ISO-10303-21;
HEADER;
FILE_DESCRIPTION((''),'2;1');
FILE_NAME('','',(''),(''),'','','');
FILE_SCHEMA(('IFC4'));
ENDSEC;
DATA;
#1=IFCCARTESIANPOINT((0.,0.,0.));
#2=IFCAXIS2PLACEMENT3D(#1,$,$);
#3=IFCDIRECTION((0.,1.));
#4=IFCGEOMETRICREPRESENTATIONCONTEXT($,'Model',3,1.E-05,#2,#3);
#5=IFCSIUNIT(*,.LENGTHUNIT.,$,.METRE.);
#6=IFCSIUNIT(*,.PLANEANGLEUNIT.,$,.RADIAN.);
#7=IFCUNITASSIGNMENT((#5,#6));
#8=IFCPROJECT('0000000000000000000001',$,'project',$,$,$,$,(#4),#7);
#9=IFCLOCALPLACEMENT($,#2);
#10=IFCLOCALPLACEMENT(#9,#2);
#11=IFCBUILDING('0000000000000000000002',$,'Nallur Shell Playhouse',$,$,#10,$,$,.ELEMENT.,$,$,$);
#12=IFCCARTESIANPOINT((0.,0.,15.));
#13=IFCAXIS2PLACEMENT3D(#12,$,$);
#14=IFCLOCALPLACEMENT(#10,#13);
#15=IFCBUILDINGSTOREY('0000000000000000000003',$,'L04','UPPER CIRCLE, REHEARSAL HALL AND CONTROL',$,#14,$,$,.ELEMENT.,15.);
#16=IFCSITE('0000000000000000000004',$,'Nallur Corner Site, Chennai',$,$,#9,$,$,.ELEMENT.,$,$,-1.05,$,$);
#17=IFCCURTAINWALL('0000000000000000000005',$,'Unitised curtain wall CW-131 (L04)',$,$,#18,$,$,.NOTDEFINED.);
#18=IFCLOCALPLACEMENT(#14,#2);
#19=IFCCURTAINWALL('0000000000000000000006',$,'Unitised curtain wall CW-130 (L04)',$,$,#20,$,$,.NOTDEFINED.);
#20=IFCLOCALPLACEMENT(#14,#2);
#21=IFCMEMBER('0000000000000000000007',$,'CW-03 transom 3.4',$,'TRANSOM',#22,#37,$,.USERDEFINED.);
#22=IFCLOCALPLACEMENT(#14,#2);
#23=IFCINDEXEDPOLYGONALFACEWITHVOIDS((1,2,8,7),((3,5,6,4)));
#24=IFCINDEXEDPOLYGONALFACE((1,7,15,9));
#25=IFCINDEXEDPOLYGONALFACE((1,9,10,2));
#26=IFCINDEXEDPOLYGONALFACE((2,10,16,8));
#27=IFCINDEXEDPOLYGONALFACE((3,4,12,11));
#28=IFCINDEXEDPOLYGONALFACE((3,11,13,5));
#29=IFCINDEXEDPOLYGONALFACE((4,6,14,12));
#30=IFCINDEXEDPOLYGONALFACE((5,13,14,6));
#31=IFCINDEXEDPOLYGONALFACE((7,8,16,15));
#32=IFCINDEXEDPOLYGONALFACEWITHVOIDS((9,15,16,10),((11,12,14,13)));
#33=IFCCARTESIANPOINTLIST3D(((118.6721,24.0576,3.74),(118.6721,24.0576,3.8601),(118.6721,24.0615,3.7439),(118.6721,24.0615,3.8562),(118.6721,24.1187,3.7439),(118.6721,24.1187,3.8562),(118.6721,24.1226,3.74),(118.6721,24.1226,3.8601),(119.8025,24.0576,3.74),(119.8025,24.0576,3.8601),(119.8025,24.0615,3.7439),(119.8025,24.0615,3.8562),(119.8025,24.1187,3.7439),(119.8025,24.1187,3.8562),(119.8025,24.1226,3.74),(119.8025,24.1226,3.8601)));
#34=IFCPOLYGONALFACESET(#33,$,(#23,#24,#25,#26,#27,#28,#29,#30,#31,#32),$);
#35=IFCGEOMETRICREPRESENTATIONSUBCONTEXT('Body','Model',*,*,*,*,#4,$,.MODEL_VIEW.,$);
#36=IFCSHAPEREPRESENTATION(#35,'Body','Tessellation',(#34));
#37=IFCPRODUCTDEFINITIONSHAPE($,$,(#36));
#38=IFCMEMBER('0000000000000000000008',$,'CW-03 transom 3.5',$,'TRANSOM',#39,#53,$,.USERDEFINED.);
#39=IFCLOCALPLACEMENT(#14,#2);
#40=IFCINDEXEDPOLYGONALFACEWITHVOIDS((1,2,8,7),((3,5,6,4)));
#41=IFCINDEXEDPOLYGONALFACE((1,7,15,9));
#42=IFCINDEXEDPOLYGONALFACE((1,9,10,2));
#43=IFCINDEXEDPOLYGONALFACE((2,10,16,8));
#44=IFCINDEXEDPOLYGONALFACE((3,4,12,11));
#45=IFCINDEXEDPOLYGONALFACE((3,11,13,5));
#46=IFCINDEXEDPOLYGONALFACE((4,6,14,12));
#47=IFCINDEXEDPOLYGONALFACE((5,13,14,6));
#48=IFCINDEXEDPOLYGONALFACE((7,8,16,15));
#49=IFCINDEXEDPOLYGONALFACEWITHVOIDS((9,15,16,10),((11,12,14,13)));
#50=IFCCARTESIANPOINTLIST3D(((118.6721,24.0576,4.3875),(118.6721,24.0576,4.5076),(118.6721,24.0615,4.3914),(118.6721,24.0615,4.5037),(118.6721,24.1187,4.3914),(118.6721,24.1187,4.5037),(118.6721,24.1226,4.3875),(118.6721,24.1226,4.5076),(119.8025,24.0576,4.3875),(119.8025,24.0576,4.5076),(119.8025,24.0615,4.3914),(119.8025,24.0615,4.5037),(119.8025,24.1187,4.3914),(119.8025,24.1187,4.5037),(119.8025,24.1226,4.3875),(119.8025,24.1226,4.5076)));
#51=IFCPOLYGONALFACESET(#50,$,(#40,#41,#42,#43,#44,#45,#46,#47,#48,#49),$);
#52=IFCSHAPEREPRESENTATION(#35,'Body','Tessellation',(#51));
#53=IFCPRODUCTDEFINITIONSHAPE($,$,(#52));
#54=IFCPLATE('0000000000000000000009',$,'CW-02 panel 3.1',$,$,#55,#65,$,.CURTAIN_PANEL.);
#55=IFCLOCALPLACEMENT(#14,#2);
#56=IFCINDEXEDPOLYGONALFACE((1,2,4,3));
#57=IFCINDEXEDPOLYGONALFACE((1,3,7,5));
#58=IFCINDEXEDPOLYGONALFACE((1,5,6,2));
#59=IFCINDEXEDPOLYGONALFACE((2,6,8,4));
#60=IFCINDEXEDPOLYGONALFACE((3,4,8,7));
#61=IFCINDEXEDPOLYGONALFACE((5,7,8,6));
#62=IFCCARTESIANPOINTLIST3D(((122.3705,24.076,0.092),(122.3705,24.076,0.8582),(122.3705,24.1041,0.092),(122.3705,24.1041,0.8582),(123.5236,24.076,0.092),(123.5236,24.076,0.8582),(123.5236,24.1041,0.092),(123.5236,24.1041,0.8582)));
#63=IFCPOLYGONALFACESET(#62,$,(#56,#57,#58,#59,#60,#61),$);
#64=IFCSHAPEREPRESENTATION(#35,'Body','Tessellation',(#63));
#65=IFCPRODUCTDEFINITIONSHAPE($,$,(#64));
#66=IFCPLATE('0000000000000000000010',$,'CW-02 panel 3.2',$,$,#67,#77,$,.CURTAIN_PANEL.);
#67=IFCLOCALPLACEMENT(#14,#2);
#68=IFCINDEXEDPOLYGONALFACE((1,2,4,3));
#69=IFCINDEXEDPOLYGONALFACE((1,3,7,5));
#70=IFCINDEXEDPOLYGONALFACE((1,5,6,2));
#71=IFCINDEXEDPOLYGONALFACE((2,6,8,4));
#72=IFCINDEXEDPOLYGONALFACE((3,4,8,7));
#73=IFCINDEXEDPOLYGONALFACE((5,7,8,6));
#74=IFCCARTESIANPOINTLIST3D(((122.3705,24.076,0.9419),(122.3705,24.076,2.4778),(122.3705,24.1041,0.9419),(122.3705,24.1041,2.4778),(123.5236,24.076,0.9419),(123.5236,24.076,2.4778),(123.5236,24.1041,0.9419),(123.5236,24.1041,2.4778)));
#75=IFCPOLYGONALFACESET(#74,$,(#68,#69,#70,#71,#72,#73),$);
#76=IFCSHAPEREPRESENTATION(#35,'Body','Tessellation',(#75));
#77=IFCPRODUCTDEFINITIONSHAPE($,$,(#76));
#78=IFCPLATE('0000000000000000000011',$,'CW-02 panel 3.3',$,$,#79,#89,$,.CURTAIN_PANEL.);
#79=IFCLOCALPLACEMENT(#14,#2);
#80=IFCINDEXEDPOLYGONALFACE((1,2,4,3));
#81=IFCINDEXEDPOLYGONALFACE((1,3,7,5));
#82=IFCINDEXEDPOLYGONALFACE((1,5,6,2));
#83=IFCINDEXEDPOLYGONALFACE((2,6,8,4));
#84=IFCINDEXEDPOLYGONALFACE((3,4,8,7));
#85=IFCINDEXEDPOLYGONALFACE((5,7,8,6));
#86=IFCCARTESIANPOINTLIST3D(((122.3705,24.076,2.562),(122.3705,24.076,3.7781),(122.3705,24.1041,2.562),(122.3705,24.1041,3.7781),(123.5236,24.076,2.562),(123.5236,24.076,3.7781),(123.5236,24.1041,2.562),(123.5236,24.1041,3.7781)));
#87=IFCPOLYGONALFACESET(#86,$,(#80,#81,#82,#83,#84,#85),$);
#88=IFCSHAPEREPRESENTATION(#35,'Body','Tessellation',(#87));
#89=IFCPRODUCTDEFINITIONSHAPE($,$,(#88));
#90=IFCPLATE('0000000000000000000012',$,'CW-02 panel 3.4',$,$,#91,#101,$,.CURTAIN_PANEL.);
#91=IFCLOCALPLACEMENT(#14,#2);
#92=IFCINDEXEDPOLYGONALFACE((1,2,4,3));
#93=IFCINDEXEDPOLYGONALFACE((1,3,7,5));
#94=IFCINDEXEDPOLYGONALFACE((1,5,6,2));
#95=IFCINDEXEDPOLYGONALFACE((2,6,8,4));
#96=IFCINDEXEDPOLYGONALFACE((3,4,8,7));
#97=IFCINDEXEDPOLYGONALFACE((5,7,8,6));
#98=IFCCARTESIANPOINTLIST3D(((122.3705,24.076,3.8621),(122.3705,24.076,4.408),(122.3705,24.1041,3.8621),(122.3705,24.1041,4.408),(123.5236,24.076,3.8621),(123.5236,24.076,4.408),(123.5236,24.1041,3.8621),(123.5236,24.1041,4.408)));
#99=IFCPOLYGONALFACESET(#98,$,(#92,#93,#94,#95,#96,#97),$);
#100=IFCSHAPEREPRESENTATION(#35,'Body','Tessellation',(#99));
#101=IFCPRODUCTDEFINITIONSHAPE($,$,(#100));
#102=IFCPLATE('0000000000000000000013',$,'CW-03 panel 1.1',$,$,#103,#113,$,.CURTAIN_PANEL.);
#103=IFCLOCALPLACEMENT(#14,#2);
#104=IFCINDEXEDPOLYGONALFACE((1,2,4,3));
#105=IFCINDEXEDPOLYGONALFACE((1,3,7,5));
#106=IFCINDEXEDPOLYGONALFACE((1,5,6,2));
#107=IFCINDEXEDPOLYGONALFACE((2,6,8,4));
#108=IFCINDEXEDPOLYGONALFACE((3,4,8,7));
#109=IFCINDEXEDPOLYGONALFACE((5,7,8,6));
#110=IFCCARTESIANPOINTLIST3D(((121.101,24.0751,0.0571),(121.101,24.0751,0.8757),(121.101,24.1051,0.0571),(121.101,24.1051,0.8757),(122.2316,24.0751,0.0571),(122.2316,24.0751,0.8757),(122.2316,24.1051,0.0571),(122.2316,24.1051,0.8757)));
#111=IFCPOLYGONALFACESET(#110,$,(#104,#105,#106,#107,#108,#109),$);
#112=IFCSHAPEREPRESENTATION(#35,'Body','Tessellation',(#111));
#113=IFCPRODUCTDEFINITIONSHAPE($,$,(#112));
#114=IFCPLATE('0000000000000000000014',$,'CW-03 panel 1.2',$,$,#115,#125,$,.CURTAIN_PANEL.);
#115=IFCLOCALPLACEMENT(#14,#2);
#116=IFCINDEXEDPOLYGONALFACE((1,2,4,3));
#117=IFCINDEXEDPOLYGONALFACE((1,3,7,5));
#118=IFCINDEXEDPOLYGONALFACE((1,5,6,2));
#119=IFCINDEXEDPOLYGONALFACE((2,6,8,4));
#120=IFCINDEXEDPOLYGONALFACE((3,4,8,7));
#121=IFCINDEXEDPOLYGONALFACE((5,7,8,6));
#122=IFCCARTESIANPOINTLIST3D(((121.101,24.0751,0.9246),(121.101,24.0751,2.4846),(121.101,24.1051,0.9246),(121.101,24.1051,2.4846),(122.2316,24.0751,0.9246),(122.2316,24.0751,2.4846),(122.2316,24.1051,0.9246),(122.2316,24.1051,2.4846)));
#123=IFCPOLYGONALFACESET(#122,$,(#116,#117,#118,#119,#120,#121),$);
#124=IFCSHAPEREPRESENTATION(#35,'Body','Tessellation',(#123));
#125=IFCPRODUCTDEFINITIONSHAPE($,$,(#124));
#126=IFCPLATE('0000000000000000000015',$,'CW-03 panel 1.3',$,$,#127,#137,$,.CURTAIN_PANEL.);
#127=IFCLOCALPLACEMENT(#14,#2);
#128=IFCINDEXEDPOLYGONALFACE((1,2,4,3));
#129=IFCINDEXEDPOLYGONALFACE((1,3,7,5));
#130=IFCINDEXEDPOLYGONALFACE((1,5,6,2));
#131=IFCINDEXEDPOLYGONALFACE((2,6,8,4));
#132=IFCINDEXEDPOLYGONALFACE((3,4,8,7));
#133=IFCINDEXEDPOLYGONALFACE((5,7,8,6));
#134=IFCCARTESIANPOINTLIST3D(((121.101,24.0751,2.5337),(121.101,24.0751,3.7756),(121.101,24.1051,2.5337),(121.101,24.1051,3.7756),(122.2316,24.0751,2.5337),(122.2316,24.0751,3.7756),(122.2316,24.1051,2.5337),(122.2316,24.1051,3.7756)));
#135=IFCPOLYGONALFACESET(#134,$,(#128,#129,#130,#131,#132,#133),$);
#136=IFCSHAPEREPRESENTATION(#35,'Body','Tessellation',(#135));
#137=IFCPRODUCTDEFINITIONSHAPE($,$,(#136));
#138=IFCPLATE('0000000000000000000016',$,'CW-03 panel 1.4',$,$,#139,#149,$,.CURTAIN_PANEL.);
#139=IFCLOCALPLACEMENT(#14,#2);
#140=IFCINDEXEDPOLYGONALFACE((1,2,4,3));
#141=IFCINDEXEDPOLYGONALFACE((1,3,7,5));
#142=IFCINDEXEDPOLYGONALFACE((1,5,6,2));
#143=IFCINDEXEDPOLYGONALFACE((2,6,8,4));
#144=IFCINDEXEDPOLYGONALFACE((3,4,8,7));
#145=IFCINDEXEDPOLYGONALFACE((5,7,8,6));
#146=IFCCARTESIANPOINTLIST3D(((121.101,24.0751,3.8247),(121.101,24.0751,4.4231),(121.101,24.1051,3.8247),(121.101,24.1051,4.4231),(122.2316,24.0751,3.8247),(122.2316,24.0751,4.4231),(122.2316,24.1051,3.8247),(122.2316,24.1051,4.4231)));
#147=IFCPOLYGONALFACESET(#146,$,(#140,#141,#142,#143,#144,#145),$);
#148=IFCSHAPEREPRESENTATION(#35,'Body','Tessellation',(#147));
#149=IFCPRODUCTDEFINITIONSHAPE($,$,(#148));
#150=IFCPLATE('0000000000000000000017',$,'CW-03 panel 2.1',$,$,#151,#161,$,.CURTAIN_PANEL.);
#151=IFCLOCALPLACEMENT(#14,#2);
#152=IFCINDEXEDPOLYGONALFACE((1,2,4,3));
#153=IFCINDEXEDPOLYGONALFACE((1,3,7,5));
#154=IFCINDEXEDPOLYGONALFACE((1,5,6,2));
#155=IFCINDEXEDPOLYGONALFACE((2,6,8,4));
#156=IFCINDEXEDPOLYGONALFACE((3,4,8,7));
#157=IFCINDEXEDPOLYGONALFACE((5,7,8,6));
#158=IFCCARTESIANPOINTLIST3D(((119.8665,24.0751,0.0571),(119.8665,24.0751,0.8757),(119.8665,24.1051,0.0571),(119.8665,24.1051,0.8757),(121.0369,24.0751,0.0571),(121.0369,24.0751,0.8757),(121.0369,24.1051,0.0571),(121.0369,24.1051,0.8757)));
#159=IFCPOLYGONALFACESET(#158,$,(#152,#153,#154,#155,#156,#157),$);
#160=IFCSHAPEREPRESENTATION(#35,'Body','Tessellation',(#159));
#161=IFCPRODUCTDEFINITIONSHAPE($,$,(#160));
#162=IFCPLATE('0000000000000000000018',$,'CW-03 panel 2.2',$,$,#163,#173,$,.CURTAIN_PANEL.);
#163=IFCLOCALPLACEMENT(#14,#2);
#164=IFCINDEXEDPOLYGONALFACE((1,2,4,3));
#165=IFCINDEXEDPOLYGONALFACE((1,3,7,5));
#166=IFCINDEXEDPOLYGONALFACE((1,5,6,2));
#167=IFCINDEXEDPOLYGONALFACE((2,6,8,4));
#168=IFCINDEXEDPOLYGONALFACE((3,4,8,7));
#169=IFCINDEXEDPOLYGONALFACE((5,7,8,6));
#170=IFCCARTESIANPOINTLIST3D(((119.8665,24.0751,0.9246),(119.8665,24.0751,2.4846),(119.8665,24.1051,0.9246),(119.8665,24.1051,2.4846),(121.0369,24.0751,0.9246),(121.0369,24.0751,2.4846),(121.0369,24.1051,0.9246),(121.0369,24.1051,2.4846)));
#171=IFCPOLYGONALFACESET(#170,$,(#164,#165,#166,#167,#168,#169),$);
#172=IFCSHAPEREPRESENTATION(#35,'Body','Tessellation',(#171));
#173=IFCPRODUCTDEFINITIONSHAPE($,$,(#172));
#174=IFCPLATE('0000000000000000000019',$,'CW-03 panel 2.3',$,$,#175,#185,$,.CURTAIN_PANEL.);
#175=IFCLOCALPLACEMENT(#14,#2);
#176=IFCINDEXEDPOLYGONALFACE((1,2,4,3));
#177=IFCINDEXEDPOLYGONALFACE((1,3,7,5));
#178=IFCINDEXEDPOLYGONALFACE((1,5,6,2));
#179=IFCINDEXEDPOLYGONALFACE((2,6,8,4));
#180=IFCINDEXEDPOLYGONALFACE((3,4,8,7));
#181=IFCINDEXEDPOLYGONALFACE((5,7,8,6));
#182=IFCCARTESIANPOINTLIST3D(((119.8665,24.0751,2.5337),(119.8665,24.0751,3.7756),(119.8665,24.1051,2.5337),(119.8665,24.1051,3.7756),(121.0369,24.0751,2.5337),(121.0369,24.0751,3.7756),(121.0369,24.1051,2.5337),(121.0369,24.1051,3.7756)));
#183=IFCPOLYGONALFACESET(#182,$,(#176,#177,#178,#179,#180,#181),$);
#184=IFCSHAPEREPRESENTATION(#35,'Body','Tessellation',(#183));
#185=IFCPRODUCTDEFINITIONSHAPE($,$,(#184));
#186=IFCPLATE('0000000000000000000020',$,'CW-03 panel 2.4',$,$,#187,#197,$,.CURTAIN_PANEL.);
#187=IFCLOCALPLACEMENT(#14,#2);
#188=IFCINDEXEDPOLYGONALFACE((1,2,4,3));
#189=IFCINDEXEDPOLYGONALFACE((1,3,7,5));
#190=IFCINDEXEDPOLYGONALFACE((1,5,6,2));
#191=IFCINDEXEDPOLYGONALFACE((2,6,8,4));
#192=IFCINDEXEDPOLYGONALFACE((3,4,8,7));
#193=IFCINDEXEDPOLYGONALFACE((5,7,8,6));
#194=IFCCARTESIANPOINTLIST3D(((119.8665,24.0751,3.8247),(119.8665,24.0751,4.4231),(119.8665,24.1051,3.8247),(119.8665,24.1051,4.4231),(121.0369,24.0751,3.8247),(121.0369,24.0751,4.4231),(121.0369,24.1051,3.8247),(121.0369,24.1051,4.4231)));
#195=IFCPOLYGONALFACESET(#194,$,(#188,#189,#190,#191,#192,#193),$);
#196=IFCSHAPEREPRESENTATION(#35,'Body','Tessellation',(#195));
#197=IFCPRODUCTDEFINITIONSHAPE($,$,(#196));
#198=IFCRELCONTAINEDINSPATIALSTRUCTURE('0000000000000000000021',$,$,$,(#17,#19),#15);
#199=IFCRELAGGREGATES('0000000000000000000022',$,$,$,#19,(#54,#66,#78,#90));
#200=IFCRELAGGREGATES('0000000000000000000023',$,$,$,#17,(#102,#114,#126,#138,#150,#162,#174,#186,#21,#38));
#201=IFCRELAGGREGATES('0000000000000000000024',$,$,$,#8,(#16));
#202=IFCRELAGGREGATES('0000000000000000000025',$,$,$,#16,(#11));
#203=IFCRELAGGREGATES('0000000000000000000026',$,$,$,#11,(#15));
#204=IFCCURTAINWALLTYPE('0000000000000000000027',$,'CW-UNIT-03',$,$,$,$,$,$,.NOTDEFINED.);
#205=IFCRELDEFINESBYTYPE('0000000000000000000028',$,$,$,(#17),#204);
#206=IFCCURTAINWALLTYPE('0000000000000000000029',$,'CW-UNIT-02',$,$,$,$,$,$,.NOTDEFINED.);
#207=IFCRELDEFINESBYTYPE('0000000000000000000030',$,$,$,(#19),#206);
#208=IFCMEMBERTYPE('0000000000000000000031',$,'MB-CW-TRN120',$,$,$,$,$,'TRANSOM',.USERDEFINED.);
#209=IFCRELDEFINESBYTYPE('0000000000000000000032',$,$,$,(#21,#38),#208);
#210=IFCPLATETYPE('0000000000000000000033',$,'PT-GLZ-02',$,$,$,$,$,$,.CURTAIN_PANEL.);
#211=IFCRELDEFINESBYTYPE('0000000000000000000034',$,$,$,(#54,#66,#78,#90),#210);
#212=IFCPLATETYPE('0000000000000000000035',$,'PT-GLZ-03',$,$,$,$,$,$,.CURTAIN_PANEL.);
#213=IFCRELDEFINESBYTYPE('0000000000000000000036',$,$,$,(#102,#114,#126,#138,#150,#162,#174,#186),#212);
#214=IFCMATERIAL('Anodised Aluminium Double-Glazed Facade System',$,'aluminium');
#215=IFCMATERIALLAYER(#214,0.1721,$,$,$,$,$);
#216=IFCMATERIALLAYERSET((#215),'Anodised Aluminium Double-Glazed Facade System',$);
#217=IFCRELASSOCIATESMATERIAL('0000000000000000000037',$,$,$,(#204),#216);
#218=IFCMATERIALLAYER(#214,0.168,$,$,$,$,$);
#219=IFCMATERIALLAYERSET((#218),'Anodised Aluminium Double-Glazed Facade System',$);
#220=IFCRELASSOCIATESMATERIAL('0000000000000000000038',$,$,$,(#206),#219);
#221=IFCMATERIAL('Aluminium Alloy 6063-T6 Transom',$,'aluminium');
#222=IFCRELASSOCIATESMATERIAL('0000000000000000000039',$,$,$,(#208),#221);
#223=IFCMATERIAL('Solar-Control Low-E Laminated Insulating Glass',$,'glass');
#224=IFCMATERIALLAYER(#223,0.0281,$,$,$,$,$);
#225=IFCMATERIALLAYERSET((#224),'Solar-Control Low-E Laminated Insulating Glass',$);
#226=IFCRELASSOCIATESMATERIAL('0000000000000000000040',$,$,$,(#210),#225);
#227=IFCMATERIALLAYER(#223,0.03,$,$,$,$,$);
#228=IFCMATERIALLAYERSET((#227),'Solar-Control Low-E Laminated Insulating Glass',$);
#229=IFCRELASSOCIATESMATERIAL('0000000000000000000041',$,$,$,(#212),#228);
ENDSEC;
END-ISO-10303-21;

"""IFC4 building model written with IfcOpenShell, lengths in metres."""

from ifc_helpers import new_model, si_unit, direction, frame, origin, origin_2d, place, context, subcontext, project, spatial, rectangle, hollow_rectangle, extrude, material, layer, layer_set, material_profile, profile_set, type_object, element, aggregate, save


model = new_model("IFC4")

# Units and contexts
model_context = context("Model", 3, precision=1e-05, world=origin(), true_north=direction((0.0, 1.0)))
body_context = subcontext(model_context, "Body", "Model", "MODEL_VIEW")
ifc_project = project(units=[si_unit("LENGTHUNIT", "METRE"), si_unit("PLANEANGLEUNIT", "RADIAN")], contexts=[model_context])

# Site, building, storey
site_placement = place(None, origin())
site = spatial("IfcSite", under=ifc_project, at=site_placement, Name="Nallur Corner Site, Chennai", CompositionType="ELEMENT", RefElevation=-1.05)
building_placement = place(site_placement, origin())
building = spatial("IfcBuilding", under=site, at=building_placement, Name="Nallur Shell Playhouse", CompositionType="ELEMENT")
storey_placement = place(building_placement, frame((0.0, 0.0, 15.0)))
storey = spatial("IfcBuildingStorey", under=building, at=storey_placement, Name="L04", Description="UPPER CIRCLE, REHEARSAL HALL AND CONTROL", CompositionType="ELEMENT", Elevation=15.0)

# Curtain wall
ifc_material_1 = material(Name="Anodised Aluminium Double-Glazed Facade System", Category="aluminium")
ifc_layer_1 = layer(ifc_material_1, 0.1721)
ifc_layer_set_1 = layer_set([ifc_layer_1], Name="Anodised Aluminium Double-Glazed Facade System")
curtain_wall_type_1 = type_object("IfcCurtainWallType", Name="CW-UNIT-03", PredefinedType="NOTDEFINED", material=ifc_layer_set_1)
curtain_wall_1_placement = place(storey_placement, origin())
curtain_wall_1 = element("IfcCurtainWall", 1, at=curtain_wall_1_placement, inside=storey, type_object=curtain_wall_type_1, Name="Unitised curtain wall CW-131 (L04)", PredefinedType="NOTDEFINED")

# Curtain wall
ifc_layer_2 = layer(ifc_material_1, 0.168)
ifc_layer_set_2 = layer_set([ifc_layer_2], Name="Anodised Aluminium Double-Glazed Facade System")
curtain_wall_type_2 = type_object("IfcCurtainWallType", Name="CW-UNIT-02", PredefinedType="NOTDEFINED", material=ifc_layer_set_2)
curtain_wall_2_placement = place(storey_placement, origin())
curtain_wall_2 = element("IfcCurtainWall", 2, at=curtain_wall_2_placement, inside=storey, type_object=curtain_wall_type_2, Name="Unitised curtain wall CW-130 (L04)", PredefinedType="NOTDEFINED")

# Members
ifc_material_2 = material(Name="Aluminium Alloy 6063-T6 Transom", Category="aluminium")
ifc_material_profile_1 = material_profile(ifc_material_2, hollow_rectangle(XDim=0.0649, YDim=0.1201, WallThickness=0.0039, at=origin_2d()), Name="ALU 65x120x4")
ifc_profile_set_1 = profile_set([ifc_material_profile_1], Name="Aluminium Alloy 6063-T6 Transom")
member_type_1 = type_object("IfcMemberType", Name="MB-CW-TRN120", ElementType="TRANSOM", PredefinedType="USERDEFINED", material=ifc_profile_set_1)
member_1_placement = place(storey_placement, frame((119.8025, 24.0901, 3.8), z_axis=(-1.0, 0.0, 0.0), x_axis=(0.0, -1.0, 0.0)))
member_1 = element("IfcMember", 3, at=member_1_placement, type_object=member_type_1, Name="CW-03 transom 3.4", ObjectType="TRANSOM", PredefinedType="USERDEFINED", context=body_context, shape_type="SweptSolid", body=[
    extrude(hollow_rectangle(XDim=0.0649, YDim=0.1201, WallThickness=0.0039, at=origin_2d()), origin(), (0.0, 0.0, 1.0), 1.1304),
])
member_2_placement = place(storey_placement, frame((119.8025, 24.0901, 4.4475), z_axis=(-1.0, 0.0, 0.0), x_axis=(0.0, -1.0, 0.0)))
member_2 = element("IfcMember", 4, at=member_2_placement, type_object=member_type_1, Name="CW-03 transom 3.5", ObjectType="TRANSOM", PredefinedType="USERDEFINED", context=body_context, shape_type="SweptSolid", body=[
    extrude(hollow_rectangle(XDim=0.0649, YDim=0.1201, WallThickness=0.0039, at=origin_2d()), origin(), (0.0, 0.0, 1.0), 1.1304),
])

# Plates
ifc_material_3 = material(Name="Solar-Control Low-E Laminated Insulating Glass", Category="glass")
ifc_layer_3 = layer(ifc_material_3, 0.0281)
ifc_layer_set_3 = layer_set([ifc_layer_3], Name="Solar-Control Low-E Laminated Insulating Glass")
plate_type_1 = type_object("IfcPlateType", Name="PT-GLZ-02", PredefinedType="CURTAIN_PANEL", material=ifc_layer_set_3)
plate_1_placement = place(storey_placement, frame((122.947, 24.0901, 0.092), z_axis=(0.0, 0.0, 1.0), x_axis=(-1.0, 0.0, 0.0)))
plate_1 = element("IfcPlate", 5, at=plate_1_placement, type_object=plate_type_1, Name="CW-02 panel 3.1", PredefinedType="CURTAIN_PANEL", context=body_context, shape_type="SweptSolid", body=[
    extrude(rectangle(XDim=1.1531, YDim=0.0281, at=origin_2d()), origin(), (0.0, 0.0, 1.0), 0.7661),
])
plate_2_placement = place(storey_placement, frame((122.947, 24.0901, 0.9419), z_axis=(0.0, 0.0, 1.0), x_axis=(-1.0, 0.0, 0.0)))
plate_2 = element("IfcPlate", 6, at=plate_2_placement, type_object=plate_type_1, Name="CW-02 panel 3.2", PredefinedType="CURTAIN_PANEL", context=body_context, shape_type="SweptSolid", body=[
    extrude(rectangle(XDim=1.1531, YDim=0.0281, at=origin_2d()), origin(), (0.0, 0.0, 1.0), 1.5359),
])
plate_3_placement = place(storey_placement, frame((122.947, 24.0901, 2.562), z_axis=(0.0, 0.0, 1.0), x_axis=(-1.0, 0.0, 0.0)))
plate_3 = element("IfcPlate", 7, at=plate_3_placement, type_object=plate_type_1, Name="CW-02 panel 3.3", PredefinedType="CURTAIN_PANEL", context=body_context, shape_type="SweptSolid", body=[
    extrude(rectangle(XDim=1.1531, YDim=0.0281, at=origin_2d()), origin(), (0.0, 0.0, 1.0), 1.2161),
])
plate_4_placement = place(storey_placement, frame((122.947, 24.0901, 3.8621), z_axis=(0.0, 0.0, 1.0), x_axis=(-1.0, 0.0, 0.0)))
plate_4 = element("IfcPlate", 8, at=plate_4_placement, type_object=plate_type_1, Name="CW-02 panel 3.4", PredefinedType="CURTAIN_PANEL", context=body_context, shape_type="SweptSolid", body=[
    extrude(rectangle(XDim=1.1531, YDim=0.0281, at=origin_2d()), origin(), (0.0, 0.0, 1.0), 0.5459),
])
aggregate(curtain_wall_2, [plate_1, plate_2, plate_3, plate_4])
ifc_layer_4 = layer(ifc_material_3, 0.03)
ifc_layer_set_4 = layer_set([ifc_layer_4], Name="Solar-Control Low-E Laminated Insulating Glass")
plate_type_2 = type_object("IfcPlateType", Name="PT-GLZ-03", PredefinedType="CURTAIN_PANEL", material=ifc_layer_set_4)
plate_5_placement = place(storey_placement, frame((121.6663, 24.0901, 0.0571), z_axis=(0.0, 0.0, 1.0), x_axis=(-1.0, 0.0, 0.0)))
plate_5 = element("IfcPlate", 9, at=plate_5_placement, type_object=plate_type_2, Name="CW-03 panel 1.1", PredefinedType="CURTAIN_PANEL", context=body_context, shape_type="SweptSolid", body=[
    extrude(rectangle(XDim=1.1306, YDim=0.03, at=origin_2d()), origin(), (0.0, 0.0, 1.0), 0.8186),
])
plate_6_placement = place(storey_placement, frame((121.6663, 24.0901, 0.9246), z_axis=(0.0, 0.0, 1.0), x_axis=(-1.0, 0.0, 0.0)))
plate_6 = element("IfcPlate", 10, at=plate_6_placement, type_object=plate_type_2, Name="CW-03 panel 1.2", PredefinedType="CURTAIN_PANEL", context=body_context, shape_type="SweptSolid", body=[
    extrude(rectangle(XDim=1.1306, YDim=0.03, at=origin_2d()), origin(), (0.0, 0.0, 1.0), 1.5601),
])
plate_7_placement = place(storey_placement, frame((121.6663, 24.0901, 2.5337), z_axis=(0.0, 0.0, 1.0), x_axis=(-1.0, 0.0, 0.0)))
plate_7 = element("IfcPlate", 11, at=plate_7_placement, type_object=plate_type_2, Name="CW-03 panel 1.3", PredefinedType="CURTAIN_PANEL", context=body_context, shape_type="SweptSolid", body=[
    extrude(rectangle(XDim=1.1306, YDim=0.03, at=origin_2d()), origin(), (0.0, 0.0, 1.0), 1.2419),
])
plate_8_placement = place(storey_placement, frame((121.6663, 24.0901, 3.8247), z_axis=(0.0, 0.0, 1.0), x_axis=(-1.0, 0.0, 0.0)))
plate_8 = element("IfcPlate", 12, at=plate_8_placement, type_object=plate_type_2, Name="CW-03 panel 1.4", PredefinedType="CURTAIN_PANEL", context=body_context, shape_type="SweptSolid", body=[
    extrude(rectangle(XDim=1.1306, YDim=0.03, at=origin_2d()), origin(), (0.0, 0.0, 1.0), 0.5984),
])
plate_9_placement = place(storey_placement, frame((120.4517, 24.0901, 0.0571), z_axis=(0.0, 0.0, 1.0), x_axis=(-1.0, 0.0, 0.0)))
plate_9 = element("IfcPlate", 13, at=plate_9_placement, type_object=plate_type_2, Name="CW-03 panel 2.1", PredefinedType="CURTAIN_PANEL", context=body_context, shape_type="SweptSolid", body=[
    extrude(rectangle(XDim=1.1704, YDim=0.03, at=origin_2d()), origin(), (0.0, 0.0, 1.0), 0.8186),
])
plate_10_placement = place(storey_placement, frame((120.4517, 24.0901, 0.9246), z_axis=(0.0, 0.0, 1.0), x_axis=(-1.0, 0.0, 0.0)))
plate_10 = element("IfcPlate", 14, at=plate_10_placement, type_object=plate_type_2, Name="CW-03 panel 2.2", PredefinedType="CURTAIN_PANEL", context=body_context, shape_type="SweptSolid", body=[
    extrude(rectangle(XDim=1.1704, YDim=0.03, at=origin_2d()), origin(), (0.0, 0.0, 1.0), 1.5601),
])
plate_11_placement = place(storey_placement, frame((120.4517, 24.0901, 2.5337), z_axis=(0.0, 0.0, 1.0), x_axis=(-1.0, 0.0, 0.0)))
plate_11 = element("IfcPlate", 15, at=plate_11_placement, type_object=plate_type_2, Name="CW-03 panel 2.3", PredefinedType="CURTAIN_PANEL", context=body_context, shape_type="SweptSolid", body=[
    extrude(rectangle(XDim=1.1704, YDim=0.03, at=origin_2d()), origin(), (0.0, 0.0, 1.0), 1.2419),
])
plate_12_placement = place(storey_placement, frame((120.4517, 24.0901, 3.8247), z_axis=(0.0, 0.0, 1.0), x_axis=(-1.0, 0.0, 0.0)))
plate_12 = element("IfcPlate", 16, at=plate_12_placement, type_object=plate_type_2, Name="CW-03 panel 2.4", PredefinedType="CURTAIN_PANEL", context=body_context, shape_type="SweptSolid", body=[
    extrude(rectangle(XDim=1.1704, YDim=0.03, at=origin_2d()), origin(), (0.0, 0.0, 1.0), 0.5984),
])
aggregate(curtain_wall_1, [plate_5, plate_6, plate_7, plate_8, plate_9, plate_10, plate_11, plate_12, member_1, member_2])

save(model, "model.ifc")
